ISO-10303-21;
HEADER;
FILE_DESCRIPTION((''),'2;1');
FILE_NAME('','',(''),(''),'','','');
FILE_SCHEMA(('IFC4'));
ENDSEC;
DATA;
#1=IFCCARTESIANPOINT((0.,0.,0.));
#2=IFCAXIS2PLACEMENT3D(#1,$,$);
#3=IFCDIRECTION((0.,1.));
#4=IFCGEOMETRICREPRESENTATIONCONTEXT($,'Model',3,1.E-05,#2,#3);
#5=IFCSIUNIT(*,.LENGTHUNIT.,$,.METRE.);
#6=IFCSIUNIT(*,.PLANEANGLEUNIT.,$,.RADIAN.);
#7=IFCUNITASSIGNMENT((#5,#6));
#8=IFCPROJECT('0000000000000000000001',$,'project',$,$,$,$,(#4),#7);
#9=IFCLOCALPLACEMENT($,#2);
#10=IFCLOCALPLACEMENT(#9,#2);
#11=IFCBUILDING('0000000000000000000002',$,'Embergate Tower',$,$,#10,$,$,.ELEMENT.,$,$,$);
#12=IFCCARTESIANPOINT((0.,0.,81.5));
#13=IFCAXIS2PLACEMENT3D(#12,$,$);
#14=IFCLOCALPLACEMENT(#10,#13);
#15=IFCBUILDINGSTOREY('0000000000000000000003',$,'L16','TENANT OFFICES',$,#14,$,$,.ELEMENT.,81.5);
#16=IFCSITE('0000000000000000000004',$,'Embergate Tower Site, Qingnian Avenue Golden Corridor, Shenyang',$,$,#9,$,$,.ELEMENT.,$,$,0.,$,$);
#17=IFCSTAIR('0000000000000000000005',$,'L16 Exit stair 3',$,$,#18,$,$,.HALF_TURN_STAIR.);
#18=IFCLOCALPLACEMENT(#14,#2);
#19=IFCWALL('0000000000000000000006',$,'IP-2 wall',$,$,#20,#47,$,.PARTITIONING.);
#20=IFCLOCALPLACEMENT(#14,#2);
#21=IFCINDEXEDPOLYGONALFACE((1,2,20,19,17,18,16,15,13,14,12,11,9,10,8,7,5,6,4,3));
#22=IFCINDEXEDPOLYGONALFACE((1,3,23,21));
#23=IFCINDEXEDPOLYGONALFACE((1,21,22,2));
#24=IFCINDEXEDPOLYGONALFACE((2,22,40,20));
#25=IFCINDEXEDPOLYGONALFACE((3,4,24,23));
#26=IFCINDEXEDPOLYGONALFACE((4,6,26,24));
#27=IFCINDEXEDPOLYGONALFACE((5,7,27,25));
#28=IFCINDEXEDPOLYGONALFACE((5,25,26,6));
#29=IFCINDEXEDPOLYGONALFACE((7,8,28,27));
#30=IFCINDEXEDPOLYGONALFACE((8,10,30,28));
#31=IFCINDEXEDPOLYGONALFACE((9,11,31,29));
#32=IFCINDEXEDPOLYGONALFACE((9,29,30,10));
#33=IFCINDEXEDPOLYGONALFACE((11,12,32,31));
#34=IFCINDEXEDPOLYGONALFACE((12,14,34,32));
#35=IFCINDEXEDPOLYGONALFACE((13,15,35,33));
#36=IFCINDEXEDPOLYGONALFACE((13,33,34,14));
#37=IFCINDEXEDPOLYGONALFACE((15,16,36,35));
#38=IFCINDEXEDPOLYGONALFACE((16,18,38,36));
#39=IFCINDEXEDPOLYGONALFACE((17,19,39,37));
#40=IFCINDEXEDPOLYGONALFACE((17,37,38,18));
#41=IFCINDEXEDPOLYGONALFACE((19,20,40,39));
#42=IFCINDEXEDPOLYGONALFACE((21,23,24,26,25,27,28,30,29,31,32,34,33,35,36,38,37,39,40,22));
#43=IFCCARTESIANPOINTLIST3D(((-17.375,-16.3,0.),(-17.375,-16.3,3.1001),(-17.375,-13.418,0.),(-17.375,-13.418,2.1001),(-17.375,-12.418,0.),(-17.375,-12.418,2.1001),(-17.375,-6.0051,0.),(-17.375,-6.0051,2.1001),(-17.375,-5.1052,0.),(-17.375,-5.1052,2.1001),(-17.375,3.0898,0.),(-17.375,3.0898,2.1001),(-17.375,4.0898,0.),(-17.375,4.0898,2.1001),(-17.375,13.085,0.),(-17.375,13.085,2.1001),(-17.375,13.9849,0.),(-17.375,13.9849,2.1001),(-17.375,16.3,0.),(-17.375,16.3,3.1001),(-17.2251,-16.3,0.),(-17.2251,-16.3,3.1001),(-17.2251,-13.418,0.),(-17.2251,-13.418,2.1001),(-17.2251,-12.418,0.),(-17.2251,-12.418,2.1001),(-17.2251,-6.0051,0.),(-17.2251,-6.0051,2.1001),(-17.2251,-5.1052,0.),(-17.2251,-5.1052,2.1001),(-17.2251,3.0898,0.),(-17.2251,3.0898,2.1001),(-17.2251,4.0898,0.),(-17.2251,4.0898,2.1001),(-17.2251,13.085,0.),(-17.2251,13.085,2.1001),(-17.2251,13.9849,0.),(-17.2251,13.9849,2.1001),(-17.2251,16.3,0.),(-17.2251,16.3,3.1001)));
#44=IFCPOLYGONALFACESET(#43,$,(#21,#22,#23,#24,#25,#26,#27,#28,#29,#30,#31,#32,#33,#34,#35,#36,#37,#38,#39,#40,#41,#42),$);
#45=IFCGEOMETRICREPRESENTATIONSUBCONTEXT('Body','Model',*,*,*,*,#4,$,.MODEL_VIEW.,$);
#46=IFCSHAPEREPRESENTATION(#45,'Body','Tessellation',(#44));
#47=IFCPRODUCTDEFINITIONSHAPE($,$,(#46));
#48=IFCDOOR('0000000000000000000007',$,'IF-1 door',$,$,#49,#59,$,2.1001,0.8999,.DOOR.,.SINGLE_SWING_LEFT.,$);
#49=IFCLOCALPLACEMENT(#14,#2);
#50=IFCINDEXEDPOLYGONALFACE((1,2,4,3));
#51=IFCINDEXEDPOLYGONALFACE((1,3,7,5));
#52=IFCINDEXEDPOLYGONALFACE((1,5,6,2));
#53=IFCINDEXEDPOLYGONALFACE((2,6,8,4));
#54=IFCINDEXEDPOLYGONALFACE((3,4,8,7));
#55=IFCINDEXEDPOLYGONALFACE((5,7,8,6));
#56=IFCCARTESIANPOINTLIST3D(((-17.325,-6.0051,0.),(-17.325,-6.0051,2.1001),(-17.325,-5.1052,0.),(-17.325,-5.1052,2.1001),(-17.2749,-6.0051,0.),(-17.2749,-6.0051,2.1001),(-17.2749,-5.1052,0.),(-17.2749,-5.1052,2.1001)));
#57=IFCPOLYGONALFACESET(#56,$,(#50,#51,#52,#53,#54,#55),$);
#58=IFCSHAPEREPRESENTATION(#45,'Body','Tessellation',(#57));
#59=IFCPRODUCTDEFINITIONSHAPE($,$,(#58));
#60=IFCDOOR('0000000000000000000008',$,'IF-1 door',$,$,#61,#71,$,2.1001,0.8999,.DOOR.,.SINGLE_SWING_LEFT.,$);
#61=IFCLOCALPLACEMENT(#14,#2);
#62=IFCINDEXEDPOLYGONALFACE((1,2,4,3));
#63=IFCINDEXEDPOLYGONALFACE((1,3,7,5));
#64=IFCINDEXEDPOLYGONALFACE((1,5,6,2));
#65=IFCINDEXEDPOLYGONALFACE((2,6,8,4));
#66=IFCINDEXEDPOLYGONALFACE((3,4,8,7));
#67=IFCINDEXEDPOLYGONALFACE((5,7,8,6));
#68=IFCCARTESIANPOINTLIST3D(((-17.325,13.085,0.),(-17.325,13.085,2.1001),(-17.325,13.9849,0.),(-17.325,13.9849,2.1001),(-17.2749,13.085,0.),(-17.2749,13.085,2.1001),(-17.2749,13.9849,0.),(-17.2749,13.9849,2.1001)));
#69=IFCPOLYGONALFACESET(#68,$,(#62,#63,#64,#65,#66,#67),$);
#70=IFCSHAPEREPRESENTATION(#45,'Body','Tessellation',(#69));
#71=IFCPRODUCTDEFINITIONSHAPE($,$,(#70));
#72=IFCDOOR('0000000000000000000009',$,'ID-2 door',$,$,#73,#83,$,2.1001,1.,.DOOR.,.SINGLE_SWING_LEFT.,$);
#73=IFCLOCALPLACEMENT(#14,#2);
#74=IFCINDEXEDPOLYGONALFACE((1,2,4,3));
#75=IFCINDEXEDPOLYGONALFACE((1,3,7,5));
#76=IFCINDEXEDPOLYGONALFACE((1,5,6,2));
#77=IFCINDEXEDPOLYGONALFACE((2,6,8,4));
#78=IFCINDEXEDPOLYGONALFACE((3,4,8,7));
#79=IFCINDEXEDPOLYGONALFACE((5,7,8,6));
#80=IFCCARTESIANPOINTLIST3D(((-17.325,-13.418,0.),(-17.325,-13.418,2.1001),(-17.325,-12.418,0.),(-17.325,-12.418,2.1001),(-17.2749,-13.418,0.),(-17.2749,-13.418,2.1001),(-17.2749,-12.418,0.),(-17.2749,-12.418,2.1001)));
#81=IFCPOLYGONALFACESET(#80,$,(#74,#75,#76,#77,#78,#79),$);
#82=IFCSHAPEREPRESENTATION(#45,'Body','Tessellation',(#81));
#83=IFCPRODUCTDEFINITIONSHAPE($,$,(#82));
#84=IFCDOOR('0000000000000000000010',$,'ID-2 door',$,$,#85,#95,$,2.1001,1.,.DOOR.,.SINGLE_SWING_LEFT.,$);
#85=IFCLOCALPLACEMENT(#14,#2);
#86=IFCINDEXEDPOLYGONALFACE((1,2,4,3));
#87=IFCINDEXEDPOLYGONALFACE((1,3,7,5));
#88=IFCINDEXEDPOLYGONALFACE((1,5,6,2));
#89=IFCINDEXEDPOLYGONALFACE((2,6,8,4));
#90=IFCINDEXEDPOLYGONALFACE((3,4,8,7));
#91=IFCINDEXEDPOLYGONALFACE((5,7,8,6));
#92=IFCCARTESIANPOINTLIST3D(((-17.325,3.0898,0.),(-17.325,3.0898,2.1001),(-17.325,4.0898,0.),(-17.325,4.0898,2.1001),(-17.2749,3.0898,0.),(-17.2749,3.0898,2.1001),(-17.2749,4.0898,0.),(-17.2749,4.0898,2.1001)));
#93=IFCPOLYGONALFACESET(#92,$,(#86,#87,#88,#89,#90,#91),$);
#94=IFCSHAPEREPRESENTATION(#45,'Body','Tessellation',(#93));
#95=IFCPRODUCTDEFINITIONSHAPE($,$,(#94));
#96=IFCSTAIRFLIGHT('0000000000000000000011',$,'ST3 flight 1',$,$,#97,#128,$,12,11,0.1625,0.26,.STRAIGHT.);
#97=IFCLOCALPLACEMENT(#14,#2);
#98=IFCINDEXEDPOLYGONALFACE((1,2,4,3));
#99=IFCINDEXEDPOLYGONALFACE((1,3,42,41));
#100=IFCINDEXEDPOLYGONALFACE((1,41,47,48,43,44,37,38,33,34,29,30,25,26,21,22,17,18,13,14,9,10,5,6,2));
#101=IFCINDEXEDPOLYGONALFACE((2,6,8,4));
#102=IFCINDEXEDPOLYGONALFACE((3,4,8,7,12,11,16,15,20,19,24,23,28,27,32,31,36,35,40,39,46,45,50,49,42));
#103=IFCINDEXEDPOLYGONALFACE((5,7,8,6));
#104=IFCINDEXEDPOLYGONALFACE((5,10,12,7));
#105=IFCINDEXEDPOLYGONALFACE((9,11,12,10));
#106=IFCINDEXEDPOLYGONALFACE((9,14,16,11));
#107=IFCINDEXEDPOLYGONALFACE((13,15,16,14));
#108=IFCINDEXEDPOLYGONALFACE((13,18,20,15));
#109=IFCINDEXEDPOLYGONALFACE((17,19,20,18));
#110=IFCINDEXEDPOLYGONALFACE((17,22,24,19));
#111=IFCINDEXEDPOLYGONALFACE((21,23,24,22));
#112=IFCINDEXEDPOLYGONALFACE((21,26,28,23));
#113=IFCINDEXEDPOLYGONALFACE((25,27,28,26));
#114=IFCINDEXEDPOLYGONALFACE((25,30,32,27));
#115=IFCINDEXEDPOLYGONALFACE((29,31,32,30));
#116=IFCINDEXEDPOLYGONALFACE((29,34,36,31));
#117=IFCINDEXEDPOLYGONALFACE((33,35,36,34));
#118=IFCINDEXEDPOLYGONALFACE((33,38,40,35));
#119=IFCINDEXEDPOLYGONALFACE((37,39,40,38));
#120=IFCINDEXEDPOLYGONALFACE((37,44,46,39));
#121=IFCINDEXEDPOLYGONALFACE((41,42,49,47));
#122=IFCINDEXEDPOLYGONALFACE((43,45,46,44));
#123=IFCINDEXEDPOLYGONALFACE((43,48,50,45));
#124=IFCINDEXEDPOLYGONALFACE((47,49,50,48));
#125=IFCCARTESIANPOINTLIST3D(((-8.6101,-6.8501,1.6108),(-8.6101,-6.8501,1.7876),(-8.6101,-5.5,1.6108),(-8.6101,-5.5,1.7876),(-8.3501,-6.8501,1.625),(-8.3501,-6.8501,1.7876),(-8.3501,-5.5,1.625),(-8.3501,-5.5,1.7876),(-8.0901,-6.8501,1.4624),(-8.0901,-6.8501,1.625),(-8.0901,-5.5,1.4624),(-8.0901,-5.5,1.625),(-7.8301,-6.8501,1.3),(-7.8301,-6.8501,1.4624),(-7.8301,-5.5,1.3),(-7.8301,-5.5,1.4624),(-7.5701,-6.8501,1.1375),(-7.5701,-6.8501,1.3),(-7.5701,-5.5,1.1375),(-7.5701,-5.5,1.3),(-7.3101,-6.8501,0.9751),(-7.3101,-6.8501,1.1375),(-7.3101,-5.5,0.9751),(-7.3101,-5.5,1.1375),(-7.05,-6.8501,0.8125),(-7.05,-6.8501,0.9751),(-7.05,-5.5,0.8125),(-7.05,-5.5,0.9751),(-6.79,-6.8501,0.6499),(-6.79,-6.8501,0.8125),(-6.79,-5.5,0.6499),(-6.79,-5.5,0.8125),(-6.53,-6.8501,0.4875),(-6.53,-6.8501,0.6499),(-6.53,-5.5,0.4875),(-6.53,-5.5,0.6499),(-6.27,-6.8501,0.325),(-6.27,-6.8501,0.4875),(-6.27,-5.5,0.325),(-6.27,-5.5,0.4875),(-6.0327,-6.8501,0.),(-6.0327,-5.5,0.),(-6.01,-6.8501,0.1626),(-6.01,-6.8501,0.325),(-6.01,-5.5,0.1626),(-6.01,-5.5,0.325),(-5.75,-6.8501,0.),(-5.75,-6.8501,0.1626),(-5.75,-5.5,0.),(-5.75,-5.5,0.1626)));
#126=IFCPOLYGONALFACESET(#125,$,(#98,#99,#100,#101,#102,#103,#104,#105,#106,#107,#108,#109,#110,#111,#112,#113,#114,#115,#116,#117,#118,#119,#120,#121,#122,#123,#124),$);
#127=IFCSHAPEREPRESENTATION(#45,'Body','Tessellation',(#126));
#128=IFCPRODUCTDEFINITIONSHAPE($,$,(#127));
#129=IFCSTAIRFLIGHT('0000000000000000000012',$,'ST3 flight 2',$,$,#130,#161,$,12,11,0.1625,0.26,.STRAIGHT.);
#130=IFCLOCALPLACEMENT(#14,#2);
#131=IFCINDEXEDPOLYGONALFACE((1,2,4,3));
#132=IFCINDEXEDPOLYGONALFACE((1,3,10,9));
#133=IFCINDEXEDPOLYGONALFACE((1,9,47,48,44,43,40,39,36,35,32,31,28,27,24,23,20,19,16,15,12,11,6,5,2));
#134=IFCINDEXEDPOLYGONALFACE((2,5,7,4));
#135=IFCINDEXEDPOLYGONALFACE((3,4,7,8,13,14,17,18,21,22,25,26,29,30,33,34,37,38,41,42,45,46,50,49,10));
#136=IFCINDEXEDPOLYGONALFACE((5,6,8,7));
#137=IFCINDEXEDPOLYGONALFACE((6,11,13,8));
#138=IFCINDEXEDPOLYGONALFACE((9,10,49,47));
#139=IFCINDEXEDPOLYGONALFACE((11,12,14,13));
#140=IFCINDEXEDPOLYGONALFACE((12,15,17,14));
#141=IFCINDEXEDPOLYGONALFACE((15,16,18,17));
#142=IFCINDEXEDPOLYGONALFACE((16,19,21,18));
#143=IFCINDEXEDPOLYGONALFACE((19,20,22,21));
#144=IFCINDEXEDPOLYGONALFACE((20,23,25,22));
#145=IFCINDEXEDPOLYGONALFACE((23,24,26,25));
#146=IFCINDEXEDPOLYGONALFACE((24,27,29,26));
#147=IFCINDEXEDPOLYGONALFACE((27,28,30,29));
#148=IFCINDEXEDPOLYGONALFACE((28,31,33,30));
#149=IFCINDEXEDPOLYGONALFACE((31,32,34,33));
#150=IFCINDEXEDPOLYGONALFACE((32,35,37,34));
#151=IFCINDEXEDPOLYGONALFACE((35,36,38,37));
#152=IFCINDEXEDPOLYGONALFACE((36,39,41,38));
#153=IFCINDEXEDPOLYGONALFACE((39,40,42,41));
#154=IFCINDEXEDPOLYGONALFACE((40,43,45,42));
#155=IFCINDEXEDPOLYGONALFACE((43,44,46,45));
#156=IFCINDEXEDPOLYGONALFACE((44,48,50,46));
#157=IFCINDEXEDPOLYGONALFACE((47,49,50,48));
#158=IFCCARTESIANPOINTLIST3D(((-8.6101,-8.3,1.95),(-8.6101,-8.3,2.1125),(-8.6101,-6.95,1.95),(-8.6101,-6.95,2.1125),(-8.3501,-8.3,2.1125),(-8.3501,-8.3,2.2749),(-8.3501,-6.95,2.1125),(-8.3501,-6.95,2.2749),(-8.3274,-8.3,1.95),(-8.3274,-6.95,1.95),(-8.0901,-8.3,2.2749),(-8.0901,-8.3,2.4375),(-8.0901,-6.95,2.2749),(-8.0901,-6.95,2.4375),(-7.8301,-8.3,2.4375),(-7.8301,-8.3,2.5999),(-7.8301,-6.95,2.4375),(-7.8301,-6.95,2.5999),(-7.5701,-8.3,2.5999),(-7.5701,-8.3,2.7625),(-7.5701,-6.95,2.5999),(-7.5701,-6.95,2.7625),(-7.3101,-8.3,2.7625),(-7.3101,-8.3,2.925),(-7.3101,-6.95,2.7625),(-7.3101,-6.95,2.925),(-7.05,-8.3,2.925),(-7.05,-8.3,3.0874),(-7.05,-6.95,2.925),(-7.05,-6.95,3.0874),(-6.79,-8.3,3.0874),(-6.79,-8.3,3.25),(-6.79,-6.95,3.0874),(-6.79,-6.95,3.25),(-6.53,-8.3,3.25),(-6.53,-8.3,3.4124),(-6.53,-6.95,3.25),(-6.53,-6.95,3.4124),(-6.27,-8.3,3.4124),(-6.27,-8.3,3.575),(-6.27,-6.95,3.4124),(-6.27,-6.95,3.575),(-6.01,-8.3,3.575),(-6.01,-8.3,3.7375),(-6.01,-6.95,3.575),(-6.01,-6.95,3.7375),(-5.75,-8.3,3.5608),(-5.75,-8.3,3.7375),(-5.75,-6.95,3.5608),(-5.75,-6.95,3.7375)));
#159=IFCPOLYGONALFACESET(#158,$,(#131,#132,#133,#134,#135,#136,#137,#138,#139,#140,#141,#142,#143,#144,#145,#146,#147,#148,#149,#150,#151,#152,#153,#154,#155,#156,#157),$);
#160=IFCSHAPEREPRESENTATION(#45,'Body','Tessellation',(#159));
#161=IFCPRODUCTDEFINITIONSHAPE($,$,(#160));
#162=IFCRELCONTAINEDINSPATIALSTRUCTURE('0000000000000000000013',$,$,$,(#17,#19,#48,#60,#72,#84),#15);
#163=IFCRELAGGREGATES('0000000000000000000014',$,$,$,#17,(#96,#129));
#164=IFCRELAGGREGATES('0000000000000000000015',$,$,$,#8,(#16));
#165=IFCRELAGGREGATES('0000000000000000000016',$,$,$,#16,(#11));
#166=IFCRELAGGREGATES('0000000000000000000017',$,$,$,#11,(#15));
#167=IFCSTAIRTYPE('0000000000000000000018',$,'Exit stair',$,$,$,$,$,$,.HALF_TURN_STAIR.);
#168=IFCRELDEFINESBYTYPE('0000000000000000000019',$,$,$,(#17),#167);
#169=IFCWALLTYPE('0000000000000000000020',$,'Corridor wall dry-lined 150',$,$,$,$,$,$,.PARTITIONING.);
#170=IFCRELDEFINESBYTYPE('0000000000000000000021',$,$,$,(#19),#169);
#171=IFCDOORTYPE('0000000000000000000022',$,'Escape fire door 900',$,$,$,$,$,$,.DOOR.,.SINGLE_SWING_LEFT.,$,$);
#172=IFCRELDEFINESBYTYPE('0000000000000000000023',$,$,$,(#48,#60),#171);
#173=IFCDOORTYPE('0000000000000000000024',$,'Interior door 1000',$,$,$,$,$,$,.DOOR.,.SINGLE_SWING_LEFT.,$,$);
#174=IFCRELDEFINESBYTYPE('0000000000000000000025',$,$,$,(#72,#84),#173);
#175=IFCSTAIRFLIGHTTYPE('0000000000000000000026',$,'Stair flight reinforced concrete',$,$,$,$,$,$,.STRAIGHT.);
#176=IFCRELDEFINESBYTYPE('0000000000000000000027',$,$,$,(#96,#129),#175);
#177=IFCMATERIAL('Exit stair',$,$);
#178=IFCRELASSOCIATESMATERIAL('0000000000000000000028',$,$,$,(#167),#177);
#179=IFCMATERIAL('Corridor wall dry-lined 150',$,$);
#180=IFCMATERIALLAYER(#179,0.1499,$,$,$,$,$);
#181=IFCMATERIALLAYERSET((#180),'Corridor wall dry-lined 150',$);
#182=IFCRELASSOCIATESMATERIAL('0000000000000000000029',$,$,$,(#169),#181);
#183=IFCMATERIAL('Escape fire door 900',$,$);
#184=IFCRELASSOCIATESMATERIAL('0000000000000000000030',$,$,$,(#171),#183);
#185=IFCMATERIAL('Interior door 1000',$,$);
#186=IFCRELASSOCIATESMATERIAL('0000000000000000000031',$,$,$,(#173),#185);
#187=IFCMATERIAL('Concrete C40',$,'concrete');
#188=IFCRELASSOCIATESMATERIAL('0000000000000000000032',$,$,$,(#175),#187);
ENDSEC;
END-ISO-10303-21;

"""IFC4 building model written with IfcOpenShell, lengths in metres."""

from ifc_helpers import new_model, si_unit, direction, frame, frame_2d, origin, place, context, subcontext, project, spatial, polyline, rectangle, outline, extrude, source, transform, mapped, material, layer, layer_set, type_object, element, fill, aggregate, save


model = new_model("IFC4")

# Units and contexts
model_context = context("Model", 3, precision=1e-05, world=origin(), true_north=direction((0.0, 1.0)))
body_context = subcontext(model_context, "Body", "Model", "MODEL_VIEW")
ifc_project = project(units=[si_unit("LENGTHUNIT", "METRE"), si_unit("PLANEANGLEUNIT", "RADIAN")], contexts=[model_context])

# Site, building, storey
site_placement = place(None, origin())
site = spatial("IfcSite", under=ifc_project, at=site_placement, Name="Embergate Tower Site, Qingnian Avenue Golden Corridor, Shenyang", CompositionType="ELEMENT", RefElevation=0.0)
building_placement = place(site_placement, origin())
building = spatial("IfcBuilding", under=site, at=building_placement, Name="Embergate Tower", CompositionType="ELEMENT")
storey_placement = place(building_placement, frame((0.0, 0.0, 81.5)))
storey = spatial("IfcBuildingStorey", under=building, at=storey_placement, Name="L16", Description="TENANT OFFICES", CompositionType="ELEMENT", Elevation=81.5)

# Stair
ifc_material_1 = material(Name="Exit stair")
stair_type = type_object("IfcStairType", Name="Exit stair", PredefinedType="HALF_TURN_STAIR", material=ifc_material_1)
stair_placement = place(storey_placement, origin())
stair = element("IfcStair", 1, at=stair_placement, inside=storey, type_object=stair_type, Name="L16 Exit stair 3", PredefinedType="HALF_TURN_STAIR")
ifc_material_2 = material(Name="Concrete C40", Category="concrete")

# Shared definitions
shared_shape_1 = source(origin(), body_context, "Body", "SweptSolid", [
    extrude(rectangle(XDim=0.8999, YDim=2.1001, at=frame_2d((0.45, 1.05))), frame((0.0, 0.0249, 0.0), z_axis=(0.0, -1.0, 0.0), x_axis=(1.0, 0.0, 0.0)), (0.0, 0.0, 1.0), 0.05),
])

# Wall, openings, doors
ifc_material_3 = material(Name="Corridor wall dry-lined 150")
ifc_layer_1 = layer(ifc_material_3, 0.1499)
ifc_layer_set_1 = layer_set([ifc_layer_1], Name="Corridor wall dry-lined 150")
wall_type_1 = type_object("IfcWallType", Name="Corridor wall dry-lined 150", PredefinedType="PARTITIONING", material=ifc_layer_set_1)
shared_shape_2 = source(origin(), body_context, "Body", "SweptSolid", [
    extrude(rectangle(XDim=32.6001, YDim=0.1499, at=frame_2d((16.3, 0.0))), origin(), (0.0, 0.0, 1.0), 3.1001),
])
wall_1_placement = place(storey_placement, frame((-17.3, -16.3, 0.0), z_axis=(0.0, 0.0, 1.0), x_axis=(0.0, 1.0, 0.0)))
wall_1 = element("IfcWall", 2, at=wall_1_placement, inside=storey, type_object=wall_type_1, Name="IP-2 wall", PredefinedType="PARTITIONING", context=body_context, shape_type="MappedRepresentation", body=[
    mapped(shared_shape_2, transform((0.0, 0.0, 0.0))),
])
shared_shape_3 = source(origin(), body_context, "Body", "SweptSolid", [
    extrude(rectangle(XDim=0.8999, YDim=2.1001, at=frame_2d((0.45, 1.05))), frame((0.0, 0.085, 0.0), z_axis=(0.0, -1.0, 0.0), x_axis=(1.0, 0.0, 0.0)), (0.0, 0.0, 1.0), 0.1699),
])
opening_1_placement = place(wall_1_placement, frame((10.2949, 0.0, 0.0)))
opening_1 = element("IfcOpeningElement", 3, at=opening_1_placement, cuts=wall_1, PredefinedType="OPENING", context=body_context, shape_type="MappedRepresentation", body=[
    mapped(shared_shape_3, transform((0.0, 0.0, 0.0))),
])
shared_shape_4 = source(origin(), body_context, "Body", "SweptSolid", [
    extrude(rectangle(XDim=1.0, YDim=2.1001, at=frame_2d((0.5, 1.05))), frame((0.0, 0.085, 0.0), z_axis=(0.0, -1.0, 0.0), x_axis=(1.0, 0.0, 0.0)), (0.0, 0.0, 1.0), 0.1699),
])
opening_2_placement = place(wall_1_placement, frame((2.8821, 0.0, 0.0)))
opening_2 = element("IfcOpeningElement", 4, at=opening_2_placement, cuts=wall_1, PredefinedType="OPENING", context=body_context, shape_type="MappedRepresentation", body=[
    mapped(shared_shape_4, transform((0.0, 0.0, 0.0))),
])
opening_3_placement = place(wall_1_placement, frame((29.385, 0.0, 0.0)))
opening_3 = element("IfcOpeningElement", 5, at=opening_3_placement, cuts=wall_1, PredefinedType="OPENING", context=body_context, shape_type="MappedRepresentation", body=[
    mapped(shared_shape_3, transform((0.0, 0.0, 0.0))),
])
opening_4_placement = place(wall_1_placement, frame((19.3899, 0.0, 0.0)))
opening_4 = element("IfcOpeningElement", 6, at=opening_4_placement, cuts=wall_1, PredefinedType="OPENING", context=body_context, shape_type="MappedRepresentation", body=[
    mapped(shared_shape_4, transform((0.0, 0.0, 0.0))),
])
ifc_material_4 = material(Name="Escape fire door 900")
door_type_1 = type_object("IfcDoorType", Name="Escape fire door 900", OperationType="SINGLE_SWING_LEFT", PredefinedType="DOOR", material=ifc_material_4)
door_1_placement = place(opening_1_placement, origin())
door_1 = element("IfcDoor", 7, at=door_1_placement, inside=storey, type_object=door_type_1, Name="IF-1 door", OperationType="SINGLE_SWING_LEFT", OverallHeight=2.1001, OverallWidth=0.8999, PredefinedType="DOOR", context=body_context, shape_type="MappedRepresentation", body=[
    mapped(shared_shape_1, transform((0.0, 0.0, 0.0))),
])
fill(opening_1, door_1)
door_2_placement = place(opening_3_placement, origin())
door_2 = element("IfcDoor", 8, at=door_2_placement, inside=storey, type_object=door_type_1, Name="IF-1 door", OperationType="SINGLE_SWING_LEFT", OverallHeight=2.1001, OverallWidth=0.8999, PredefinedType="DOOR", context=body_context, shape_type="MappedRepresentation", body=[
    mapped(shared_shape_1, transform((0.0, 0.0, 0.0))),
])
fill(opening_3, door_2)
ifc_material_5 = material(Name="Interior door 1000")
door_type_2 = type_object("IfcDoorType", Name="Interior door 1000", OperationType="SINGLE_SWING_LEFT", PredefinedType="DOOR", material=ifc_material_5)
shared_shape_5 = source(origin(), body_context, "Body", "SweptSolid", [
    extrude(rectangle(XDim=1.0, YDim=2.1001, at=frame_2d((0.5, 1.05))), frame((0.0, 0.0249, 0.0), z_axis=(0.0, -1.0, 0.0), x_axis=(1.0, 0.0, 0.0)), (0.0, 0.0, 1.0), 0.05),
])
door_3_placement = place(opening_2_placement, origin())
door_3 = element("IfcDoor", 9, at=door_3_placement, inside=storey, type_object=door_type_2, Name="ID-2 door", OperationType="SINGLE_SWING_LEFT", OverallHeight=2.1001, OverallWidth=1.0, PredefinedType="DOOR", context=body_context, shape_type="MappedRepresentation", body=[
    mapped(shared_shape_5, transform((0.0, 0.0, 0.0))),
])
fill(opening_2, door_3)
door_4_placement = place(opening_4_placement, origin())
door_4 = element("IfcDoor", 10, at=door_4_placement, inside=storey, type_object=door_type_2, Name="ID-2 door", OperationType="SINGLE_SWING_LEFT", OverallHeight=2.1001, OverallWidth=1.0, PredefinedType="DOOR", context=body_context, shape_type="MappedRepresentation", body=[
    mapped(shared_shape_5, transform((0.0, 0.0, 0.0))),
])
fill(opening_4, door_4)

# Stair flights
stair_flight_type = type_object("IfcStairFlightType", Name="Stair flight reinforced concrete", PredefinedType="STRAIGHT", material=ifc_material_2)
shared_shape_6 = source(origin(), body_context, "Body", "SweptSolid", [
    extrude(outline(polyline([(0.0, 0.0), (0.0, 0.1626), (0.26, 0.1626), (0.26, 0.325), (0.52, 0.325), (0.52, 0.4875), (0.78, 0.4875), (0.78, 0.6499), (1.04, 0.6499), (1.04, 0.8125), (1.3, 0.8125), (1.3, 0.9751), (1.5601, 0.9751), (1.5601, 1.1375), (1.8201, 1.1375), (1.8201, 1.3), (2.0801, 1.3), (2.0801, 1.4624), (2.3401, 1.4624), (2.3401, 1.625), (2.6001, 1.625), (2.6001, 1.7876), (2.8601, 1.7876), (2.8601, 1.95), (2.8601, 1.6108), (0.2827, 0.0), (0.0, 0.0)])), frame((0.0, 0.675, 0.0), z_axis=(0.0, -1.0, 0.0), x_axis=(1.0, 0.0, 0.0)), (0.0, 0.0, 1.0), 1.3501),
])
stair_flight_1_placement = place(storey_placement, frame((-5.75, -6.175, 0.0), z_axis=(0.0, 0.0, 1.0), x_axis=(-1.0, 0.0, 0.0)))
stair_flight_1 = element("IfcStairFlight", 11, at=stair_flight_1_placement, type_object=stair_flight_type, Name="ST3 flight 1", NumberOfRisers=12, NumberOfTreads=11, PredefinedType="STRAIGHT", RiserHeight=0.1625, TreadLength=0.26, context=body_context, shape_type="MappedRepresentation", body=[
    mapped(shared_shape_6, transform((0.0, 0.0, 0.0))),
])
stair_flight_2_placement = place(storey_placement, frame((-8.6101, -7.625, 1.95), z_axis=(0.0, 0.0, 1.0), x_axis=(1.0, 0.0, 0.0)))
stair_flight_2 = element("IfcStairFlight", 12, at=stair_flight_2_placement, type_object=stair_flight_type, Name="ST3 flight 2", NumberOfRisers=12, NumberOfTreads=11, PredefinedType="STRAIGHT", RiserHeight=0.1625, TreadLength=0.26, context=body_context, shape_type="MappedRepresentation", body=[
    mapped(shared_shape_6, transform((0.0, 0.0, 0.0))),
])
aggregate(stair, [stair_flight_1, stair_flight_2])

save(model, "model.ifc")
